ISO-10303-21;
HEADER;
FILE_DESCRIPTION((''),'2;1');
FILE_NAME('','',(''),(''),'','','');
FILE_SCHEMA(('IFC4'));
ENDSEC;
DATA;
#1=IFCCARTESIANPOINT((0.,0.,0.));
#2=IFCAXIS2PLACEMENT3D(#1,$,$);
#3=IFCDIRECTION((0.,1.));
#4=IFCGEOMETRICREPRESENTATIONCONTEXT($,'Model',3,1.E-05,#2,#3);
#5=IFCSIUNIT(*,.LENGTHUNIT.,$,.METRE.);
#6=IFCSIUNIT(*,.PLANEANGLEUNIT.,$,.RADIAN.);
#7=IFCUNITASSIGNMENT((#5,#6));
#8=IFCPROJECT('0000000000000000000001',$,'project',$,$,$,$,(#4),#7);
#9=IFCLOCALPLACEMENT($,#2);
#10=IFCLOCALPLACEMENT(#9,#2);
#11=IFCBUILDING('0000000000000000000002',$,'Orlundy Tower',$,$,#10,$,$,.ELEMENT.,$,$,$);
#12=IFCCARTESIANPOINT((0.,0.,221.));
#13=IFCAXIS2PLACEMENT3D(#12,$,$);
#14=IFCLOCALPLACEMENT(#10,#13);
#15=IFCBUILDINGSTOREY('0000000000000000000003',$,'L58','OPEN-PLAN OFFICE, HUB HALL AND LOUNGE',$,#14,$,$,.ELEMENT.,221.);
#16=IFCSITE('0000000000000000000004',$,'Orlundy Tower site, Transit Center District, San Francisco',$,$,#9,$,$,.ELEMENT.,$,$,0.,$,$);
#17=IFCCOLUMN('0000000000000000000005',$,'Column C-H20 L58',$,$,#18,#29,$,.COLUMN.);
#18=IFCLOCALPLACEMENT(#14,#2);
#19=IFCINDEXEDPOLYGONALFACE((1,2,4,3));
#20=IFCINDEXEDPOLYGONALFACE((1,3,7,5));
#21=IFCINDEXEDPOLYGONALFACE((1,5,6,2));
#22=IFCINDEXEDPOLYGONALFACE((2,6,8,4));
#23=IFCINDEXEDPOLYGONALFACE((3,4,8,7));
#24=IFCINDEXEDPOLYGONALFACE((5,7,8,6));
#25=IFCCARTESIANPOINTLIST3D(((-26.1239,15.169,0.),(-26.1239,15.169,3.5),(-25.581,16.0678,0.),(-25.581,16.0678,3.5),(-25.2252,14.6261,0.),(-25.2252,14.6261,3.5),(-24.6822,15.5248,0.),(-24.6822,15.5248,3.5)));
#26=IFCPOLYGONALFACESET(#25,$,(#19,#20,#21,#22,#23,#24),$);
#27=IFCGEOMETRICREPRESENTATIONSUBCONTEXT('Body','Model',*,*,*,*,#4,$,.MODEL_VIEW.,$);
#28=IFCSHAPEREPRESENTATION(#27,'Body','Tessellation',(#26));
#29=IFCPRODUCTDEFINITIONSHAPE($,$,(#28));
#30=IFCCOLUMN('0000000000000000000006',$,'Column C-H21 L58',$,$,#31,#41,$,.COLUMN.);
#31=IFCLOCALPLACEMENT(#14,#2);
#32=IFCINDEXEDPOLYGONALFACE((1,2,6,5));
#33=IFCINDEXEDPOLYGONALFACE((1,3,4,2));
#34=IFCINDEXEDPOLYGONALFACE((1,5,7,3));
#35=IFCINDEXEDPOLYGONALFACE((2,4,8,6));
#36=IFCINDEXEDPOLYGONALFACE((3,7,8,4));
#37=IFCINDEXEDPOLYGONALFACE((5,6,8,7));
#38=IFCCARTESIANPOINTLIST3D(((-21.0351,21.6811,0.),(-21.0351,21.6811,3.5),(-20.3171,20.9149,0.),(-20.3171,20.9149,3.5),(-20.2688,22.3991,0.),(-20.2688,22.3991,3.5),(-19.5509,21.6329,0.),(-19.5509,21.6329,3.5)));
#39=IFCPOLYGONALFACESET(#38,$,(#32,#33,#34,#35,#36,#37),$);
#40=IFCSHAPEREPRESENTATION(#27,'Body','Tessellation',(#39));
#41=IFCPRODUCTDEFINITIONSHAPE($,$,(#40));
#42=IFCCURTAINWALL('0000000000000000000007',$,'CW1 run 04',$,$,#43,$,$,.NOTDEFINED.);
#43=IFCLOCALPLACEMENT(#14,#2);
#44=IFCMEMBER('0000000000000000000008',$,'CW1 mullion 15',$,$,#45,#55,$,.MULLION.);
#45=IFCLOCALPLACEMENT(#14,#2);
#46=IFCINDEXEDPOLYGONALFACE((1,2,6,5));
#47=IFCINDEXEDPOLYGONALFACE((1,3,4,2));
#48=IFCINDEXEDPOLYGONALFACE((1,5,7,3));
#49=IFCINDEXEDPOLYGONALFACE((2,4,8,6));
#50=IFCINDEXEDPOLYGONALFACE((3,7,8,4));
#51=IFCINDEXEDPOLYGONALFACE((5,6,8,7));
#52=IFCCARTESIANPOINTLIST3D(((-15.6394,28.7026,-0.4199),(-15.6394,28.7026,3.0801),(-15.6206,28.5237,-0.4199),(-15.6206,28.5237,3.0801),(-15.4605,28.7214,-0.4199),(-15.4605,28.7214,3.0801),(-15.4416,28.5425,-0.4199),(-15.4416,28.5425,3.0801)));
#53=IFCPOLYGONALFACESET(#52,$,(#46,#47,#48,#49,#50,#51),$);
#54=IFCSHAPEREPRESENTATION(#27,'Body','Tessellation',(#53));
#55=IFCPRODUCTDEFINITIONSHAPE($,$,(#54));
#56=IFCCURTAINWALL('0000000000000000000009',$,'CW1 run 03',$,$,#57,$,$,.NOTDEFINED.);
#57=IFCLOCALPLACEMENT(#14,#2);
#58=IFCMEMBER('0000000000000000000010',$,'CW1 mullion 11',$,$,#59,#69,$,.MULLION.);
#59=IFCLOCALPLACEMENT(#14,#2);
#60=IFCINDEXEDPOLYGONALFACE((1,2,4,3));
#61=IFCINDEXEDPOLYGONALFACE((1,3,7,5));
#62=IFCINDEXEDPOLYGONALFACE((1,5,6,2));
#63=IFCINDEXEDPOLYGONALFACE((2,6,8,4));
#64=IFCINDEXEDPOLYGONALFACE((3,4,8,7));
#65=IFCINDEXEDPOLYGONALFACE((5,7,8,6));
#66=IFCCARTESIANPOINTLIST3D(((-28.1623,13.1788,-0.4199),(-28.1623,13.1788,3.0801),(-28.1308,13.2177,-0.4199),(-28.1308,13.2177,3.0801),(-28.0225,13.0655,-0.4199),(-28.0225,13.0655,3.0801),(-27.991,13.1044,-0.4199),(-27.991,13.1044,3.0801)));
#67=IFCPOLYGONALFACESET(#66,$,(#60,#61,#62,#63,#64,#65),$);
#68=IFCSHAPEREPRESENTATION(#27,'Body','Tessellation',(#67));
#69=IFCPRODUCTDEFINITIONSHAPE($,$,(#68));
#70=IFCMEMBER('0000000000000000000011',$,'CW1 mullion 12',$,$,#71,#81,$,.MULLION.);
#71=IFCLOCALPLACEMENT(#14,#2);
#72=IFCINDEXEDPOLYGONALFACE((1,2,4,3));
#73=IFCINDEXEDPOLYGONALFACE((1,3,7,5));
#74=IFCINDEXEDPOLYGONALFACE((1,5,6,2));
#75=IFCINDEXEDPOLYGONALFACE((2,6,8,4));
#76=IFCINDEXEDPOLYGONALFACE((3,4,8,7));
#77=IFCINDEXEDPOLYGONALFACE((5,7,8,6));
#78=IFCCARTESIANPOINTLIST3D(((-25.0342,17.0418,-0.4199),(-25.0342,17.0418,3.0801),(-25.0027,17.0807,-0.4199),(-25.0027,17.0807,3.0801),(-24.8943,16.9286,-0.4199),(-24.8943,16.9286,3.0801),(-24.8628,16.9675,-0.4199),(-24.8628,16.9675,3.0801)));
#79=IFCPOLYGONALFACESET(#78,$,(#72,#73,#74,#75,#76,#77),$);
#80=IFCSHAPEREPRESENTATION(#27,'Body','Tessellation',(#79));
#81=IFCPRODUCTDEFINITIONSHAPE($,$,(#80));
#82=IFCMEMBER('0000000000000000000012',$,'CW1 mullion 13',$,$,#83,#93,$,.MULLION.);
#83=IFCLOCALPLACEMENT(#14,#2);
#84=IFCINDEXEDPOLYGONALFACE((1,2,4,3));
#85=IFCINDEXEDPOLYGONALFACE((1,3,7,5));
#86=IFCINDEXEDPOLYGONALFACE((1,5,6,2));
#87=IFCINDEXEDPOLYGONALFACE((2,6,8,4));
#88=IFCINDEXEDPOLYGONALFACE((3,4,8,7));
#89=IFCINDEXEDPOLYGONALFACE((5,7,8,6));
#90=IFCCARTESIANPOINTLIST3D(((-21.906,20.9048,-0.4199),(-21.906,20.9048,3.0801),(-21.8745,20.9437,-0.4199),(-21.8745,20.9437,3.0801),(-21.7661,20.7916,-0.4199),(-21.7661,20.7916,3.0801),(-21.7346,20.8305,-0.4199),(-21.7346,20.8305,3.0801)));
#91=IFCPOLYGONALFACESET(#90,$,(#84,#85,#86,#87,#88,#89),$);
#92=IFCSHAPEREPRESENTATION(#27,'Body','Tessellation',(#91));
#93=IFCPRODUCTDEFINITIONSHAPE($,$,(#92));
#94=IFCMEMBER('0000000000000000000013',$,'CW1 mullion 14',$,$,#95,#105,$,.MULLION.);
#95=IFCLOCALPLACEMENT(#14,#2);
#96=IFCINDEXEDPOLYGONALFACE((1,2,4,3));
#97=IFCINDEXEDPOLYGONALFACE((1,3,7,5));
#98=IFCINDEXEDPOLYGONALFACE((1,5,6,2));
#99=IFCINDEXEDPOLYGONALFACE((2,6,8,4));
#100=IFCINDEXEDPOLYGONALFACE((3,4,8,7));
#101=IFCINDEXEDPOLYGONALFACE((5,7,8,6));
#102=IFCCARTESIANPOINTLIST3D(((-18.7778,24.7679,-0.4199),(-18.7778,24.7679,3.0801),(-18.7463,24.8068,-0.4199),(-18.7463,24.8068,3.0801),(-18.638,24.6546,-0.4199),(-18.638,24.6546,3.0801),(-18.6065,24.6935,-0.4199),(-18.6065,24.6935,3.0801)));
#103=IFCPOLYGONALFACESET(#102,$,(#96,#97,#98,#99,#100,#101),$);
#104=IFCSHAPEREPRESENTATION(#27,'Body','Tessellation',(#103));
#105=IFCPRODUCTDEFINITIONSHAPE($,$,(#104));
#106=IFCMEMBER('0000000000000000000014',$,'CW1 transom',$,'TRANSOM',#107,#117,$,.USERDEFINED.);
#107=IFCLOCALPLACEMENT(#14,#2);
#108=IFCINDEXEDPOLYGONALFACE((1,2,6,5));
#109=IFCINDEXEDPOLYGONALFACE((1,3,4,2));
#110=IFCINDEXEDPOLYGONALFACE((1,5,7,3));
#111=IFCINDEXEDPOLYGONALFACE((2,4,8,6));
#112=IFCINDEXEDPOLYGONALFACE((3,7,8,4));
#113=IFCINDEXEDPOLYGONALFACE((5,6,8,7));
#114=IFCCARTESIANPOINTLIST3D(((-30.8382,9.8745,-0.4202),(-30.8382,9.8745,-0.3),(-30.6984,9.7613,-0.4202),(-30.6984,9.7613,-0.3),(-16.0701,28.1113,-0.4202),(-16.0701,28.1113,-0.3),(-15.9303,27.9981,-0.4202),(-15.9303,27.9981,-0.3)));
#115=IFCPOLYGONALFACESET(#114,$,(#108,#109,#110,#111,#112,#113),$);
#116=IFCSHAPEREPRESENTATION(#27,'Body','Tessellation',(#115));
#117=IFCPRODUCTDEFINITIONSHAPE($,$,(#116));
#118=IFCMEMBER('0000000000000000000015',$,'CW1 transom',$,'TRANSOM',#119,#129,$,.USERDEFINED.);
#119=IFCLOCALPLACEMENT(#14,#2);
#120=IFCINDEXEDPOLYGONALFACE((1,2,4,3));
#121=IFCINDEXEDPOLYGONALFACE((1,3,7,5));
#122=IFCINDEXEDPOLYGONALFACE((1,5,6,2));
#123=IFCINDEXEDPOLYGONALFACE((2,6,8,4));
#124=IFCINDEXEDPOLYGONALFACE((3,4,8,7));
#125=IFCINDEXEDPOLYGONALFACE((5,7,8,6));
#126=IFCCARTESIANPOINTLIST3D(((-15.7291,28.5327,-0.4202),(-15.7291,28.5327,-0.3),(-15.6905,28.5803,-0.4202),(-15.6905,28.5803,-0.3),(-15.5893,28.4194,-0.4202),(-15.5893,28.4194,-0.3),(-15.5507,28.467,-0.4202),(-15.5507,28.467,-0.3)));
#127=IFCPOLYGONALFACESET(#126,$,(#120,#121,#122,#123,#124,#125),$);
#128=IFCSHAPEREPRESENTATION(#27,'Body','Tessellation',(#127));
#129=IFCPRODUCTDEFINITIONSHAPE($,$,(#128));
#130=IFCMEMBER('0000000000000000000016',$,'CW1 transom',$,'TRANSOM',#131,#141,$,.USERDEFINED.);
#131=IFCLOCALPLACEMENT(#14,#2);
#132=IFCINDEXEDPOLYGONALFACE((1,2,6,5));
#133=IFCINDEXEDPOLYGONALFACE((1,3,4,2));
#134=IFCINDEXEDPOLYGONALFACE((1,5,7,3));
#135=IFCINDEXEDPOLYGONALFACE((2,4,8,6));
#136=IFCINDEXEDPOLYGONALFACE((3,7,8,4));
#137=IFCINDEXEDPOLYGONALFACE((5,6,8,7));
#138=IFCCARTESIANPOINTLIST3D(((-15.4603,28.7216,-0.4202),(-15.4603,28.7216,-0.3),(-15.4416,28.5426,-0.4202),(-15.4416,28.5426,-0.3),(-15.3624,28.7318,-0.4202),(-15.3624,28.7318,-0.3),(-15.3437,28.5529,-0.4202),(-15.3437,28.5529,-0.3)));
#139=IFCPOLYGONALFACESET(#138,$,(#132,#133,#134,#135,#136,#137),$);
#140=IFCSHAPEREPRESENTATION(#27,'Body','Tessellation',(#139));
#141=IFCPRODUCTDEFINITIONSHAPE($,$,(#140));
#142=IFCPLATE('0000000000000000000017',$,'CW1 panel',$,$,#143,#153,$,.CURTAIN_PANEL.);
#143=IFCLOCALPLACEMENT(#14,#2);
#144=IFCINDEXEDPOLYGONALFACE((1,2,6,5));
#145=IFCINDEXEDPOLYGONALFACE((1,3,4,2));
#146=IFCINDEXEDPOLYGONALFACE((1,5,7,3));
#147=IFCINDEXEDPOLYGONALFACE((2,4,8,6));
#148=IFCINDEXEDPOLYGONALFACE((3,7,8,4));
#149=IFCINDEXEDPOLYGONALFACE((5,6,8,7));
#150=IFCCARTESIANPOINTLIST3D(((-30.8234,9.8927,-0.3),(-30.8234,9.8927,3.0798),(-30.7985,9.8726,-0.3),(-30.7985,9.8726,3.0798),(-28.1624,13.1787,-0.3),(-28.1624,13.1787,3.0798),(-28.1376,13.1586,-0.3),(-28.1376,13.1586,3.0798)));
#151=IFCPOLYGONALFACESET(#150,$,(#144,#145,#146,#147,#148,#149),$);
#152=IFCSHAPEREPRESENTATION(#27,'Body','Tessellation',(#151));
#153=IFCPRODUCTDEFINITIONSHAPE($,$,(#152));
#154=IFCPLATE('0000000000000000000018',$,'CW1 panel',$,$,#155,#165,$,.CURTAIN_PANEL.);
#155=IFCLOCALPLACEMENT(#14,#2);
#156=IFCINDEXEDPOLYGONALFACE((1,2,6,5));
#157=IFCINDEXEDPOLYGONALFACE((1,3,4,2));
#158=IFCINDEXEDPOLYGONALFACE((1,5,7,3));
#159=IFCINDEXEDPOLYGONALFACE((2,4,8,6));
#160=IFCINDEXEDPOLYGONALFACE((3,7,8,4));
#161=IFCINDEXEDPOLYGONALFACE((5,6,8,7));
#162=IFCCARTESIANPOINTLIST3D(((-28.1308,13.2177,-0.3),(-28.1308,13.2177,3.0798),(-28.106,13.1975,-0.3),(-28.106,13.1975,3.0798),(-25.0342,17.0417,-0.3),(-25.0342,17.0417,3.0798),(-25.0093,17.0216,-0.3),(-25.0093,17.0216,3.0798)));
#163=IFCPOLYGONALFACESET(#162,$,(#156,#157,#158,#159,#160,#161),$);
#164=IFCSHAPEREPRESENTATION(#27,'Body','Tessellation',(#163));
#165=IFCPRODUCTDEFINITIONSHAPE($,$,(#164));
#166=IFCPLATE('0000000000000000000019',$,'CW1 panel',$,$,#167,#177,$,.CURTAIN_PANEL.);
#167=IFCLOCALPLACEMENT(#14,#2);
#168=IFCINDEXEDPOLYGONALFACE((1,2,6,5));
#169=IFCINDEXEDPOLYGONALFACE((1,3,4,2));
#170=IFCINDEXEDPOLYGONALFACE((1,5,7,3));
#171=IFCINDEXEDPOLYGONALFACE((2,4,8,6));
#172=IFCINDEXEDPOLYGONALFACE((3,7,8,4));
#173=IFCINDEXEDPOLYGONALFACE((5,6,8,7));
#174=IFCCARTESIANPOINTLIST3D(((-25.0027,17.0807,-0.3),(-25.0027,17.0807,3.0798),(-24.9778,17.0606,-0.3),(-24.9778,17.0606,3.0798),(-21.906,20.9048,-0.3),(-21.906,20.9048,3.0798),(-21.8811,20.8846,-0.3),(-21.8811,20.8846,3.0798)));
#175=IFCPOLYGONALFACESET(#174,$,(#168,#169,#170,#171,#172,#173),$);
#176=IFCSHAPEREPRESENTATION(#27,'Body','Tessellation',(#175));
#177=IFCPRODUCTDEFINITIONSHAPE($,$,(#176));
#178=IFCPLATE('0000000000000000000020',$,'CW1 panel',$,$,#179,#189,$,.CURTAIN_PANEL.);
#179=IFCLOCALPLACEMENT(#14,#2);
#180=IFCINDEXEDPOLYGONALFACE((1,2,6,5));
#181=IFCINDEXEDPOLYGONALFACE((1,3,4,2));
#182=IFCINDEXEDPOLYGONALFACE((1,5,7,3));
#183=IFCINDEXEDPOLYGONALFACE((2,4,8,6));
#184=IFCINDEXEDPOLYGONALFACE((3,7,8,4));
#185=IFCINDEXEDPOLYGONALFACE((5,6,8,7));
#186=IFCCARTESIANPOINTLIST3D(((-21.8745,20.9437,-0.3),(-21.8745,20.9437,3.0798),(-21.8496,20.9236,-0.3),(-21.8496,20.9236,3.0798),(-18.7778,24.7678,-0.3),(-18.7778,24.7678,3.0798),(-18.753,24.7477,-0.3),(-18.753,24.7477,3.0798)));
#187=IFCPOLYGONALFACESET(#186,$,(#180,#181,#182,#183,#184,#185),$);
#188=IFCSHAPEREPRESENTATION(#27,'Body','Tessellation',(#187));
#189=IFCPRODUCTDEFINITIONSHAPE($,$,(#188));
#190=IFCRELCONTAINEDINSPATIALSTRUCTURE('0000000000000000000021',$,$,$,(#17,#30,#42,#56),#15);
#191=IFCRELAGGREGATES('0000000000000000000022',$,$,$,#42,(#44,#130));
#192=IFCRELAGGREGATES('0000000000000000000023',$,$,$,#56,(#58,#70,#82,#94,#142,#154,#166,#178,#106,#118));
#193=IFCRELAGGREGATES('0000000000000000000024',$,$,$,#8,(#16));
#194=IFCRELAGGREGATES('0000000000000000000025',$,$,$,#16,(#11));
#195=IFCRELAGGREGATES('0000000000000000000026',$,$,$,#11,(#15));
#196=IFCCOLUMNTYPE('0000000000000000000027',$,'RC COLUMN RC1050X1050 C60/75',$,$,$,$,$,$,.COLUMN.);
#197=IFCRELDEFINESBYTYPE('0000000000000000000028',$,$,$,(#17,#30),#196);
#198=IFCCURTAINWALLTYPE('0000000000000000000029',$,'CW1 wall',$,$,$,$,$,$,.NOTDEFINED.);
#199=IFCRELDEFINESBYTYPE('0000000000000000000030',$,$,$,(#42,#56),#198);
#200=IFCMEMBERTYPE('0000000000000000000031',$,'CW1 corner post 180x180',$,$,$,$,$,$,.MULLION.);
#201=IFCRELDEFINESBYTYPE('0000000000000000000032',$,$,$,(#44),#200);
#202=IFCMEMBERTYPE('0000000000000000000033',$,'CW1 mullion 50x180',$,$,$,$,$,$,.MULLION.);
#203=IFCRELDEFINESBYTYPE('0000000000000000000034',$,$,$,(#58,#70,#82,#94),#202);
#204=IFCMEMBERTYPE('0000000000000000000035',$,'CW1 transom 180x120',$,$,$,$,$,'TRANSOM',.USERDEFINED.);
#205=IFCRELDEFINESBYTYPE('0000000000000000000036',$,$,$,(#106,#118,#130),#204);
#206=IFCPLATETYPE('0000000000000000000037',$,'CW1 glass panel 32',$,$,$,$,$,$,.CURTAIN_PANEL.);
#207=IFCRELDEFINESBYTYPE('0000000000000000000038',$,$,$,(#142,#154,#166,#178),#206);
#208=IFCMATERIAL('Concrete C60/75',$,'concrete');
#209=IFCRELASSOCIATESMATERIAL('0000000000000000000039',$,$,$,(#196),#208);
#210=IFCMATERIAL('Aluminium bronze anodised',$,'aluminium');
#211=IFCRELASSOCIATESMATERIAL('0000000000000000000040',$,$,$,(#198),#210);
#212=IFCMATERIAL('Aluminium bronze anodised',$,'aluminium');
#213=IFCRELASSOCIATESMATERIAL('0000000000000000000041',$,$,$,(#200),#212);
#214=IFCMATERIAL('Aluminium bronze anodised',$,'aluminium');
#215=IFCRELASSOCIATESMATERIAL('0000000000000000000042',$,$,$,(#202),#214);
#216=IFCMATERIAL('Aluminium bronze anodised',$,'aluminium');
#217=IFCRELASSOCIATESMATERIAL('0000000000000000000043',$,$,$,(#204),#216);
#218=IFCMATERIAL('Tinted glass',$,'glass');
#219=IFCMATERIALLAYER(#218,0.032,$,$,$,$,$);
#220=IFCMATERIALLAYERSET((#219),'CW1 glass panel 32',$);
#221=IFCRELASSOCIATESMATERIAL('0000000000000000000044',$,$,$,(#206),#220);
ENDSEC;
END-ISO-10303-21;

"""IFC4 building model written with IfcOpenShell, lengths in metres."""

from ifc_helpers import new_model, si_unit, direction, frame, origin, origin_2d, place, context, subcontext, project, spatial, rectangle, extrude, material, layer, layer_set, material_profile, profile_set, type_object, element, aggregate, save


model = new_model("IFC4")

# Units and contexts
model_context = context("Model", 3, precision=1e-05, world=origin(), true_north=direction((0.0, 1.0)))
body_context = subcontext(model_context, "Body", "Model", "MODEL_VIEW")
ifc_project = project(units=[si_unit("LENGTHUNIT", "METRE"), si_unit("PLANEANGLEUNIT", "RADIAN")], contexts=[model_context])

# Site, building, storey
site_placement = place(None, origin())
site = spatial("IfcSite", under=ifc_project, at=site_placement, Name="Orlundy Tower site, Transit Center District, San Francisco", CompositionType="ELEMENT", RefElevation=0.0)
building_placement = place(site_placement, origin())
building = spatial("IfcBuilding", under=site, at=building_placement, Name="Orlundy Tower", CompositionType="ELEMENT")
storey_placement = place(building_placement, frame((0.0, 0.0, 221.0)))
storey = spatial("IfcBuildingStorey", under=building, at=storey_placement, Name="L58", Description="OPEN-PLAN OFFICE, HUB HALL AND LOUNGE", CompositionType="ELEMENT", Elevation=221.0)

# Columns
ifc_material_1 = material(Name="Concrete C60/75", Category="concrete")
ifc_material_profile_1 = material_profile(ifc_material_1, rectangle(XDim=1.05, YDim=1.05, at=origin_2d()), Name="RC1050X1050")
ifc_profile_set_1 = profile_set([ifc_material_profile_1], Name="Concrete C60/75")
column_type = type_object("IfcColumnType", Name="RC COLUMN RC1050X1050 C60/75", PredefinedType="COLUMN", material=ifc_profile_set_1)
for number, where, z_axis, x_axis, name in (
    (1, (-25.4031, 15.3469, 0.0), (0.0, 0.0, 1.0), (-0.855924, 0.517101, 0.0), "Column C-H20 L58"),
    (2, (-20.293, 21.657, 0.0), (0.0, 0.0, 1.0), (-0.683758, 0.729709, 0.0), "Column C-H21 L58"),
):
    element("IfcColumn", number, at=place(storey_placement, frame(where, z_axis=z_axis, x_axis=x_axis)), inside=storey, type_object=column_type, Name=name, PredefinedType="COLUMN", context=body_context, shape_type="SweptSolid", body=[
        extrude(rectangle(XDim=1.05, YDim=1.05, at=origin_2d()), origin(), (0.0, 0.0, 1.0), 3.5),
    ])

# Curtain wall, member
ifc_material_2 = material(Name="Aluminium bronze anodised", Category="aluminium")
curtain_wall_type = type_object("IfcCurtainWallType", Name="CW1 wall", PredefinedType="NOTDEFINED", material=ifc_material_2)
curtain_wall_1_placement = place(storey_placement, origin())
curtain_wall_1 = element("IfcCurtainWall", 3, at=curtain_wall_1_placement, inside=storey, type_object=curtain_wall_type, Name="CW1 run 04", PredefinedType="NOTDEFINED")
ifc_material_3 = material(Name="Aluminium bronze anodised", Category="aluminium")
ifc_material_profile_2 = material_profile(ifc_material_3, rectangle(XDim=0.1799, YDim=0.1799, at=origin_2d()), Name="CW1 corner post 180x180")
ifc_profile_set_2 = profile_set([ifc_material_profile_2], Name="Aluminium bronze anodised")
member_type_1 = type_object("IfcMemberType", Name="CW1 corner post 180x180", PredefinedType="MULLION", material=ifc_profile_set_2)
member_1_placement = place(storey_placement, frame((-15.5405, 28.6226, -0.4199), z_axis=(0.0, 0.0, 1.0), x_axis=(-0.104538, 0.994521, 0.0)))
member_1 = element("IfcMember", 4, at=member_1_placement, type_object=member_type_1, Name="CW1 mullion 15", PredefinedType="MULLION", context=body_context, shape_type="SweptSolid", body=[
    extrude(rectangle(XDim=0.1799, YDim=0.1799, at=origin_2d()), origin(), (0.0, 0.0, 1.0), 3.5),
])

# Curtain wall, members
curtain_wall_2_placement = place(storey_placement, origin())
curtain_wall_2 = element("IfcCurtainWall", 5, at=curtain_wall_2_placement, inside=storey, type_object=curtain_wall_type, Name="CW1 run 03", PredefinedType="NOTDEFINED")
ifc_material_4 = material(Name="Aluminium bronze anodised", Category="aluminium")
ifc_material_profile_3 = material_profile(ifc_material_4, rectangle(XDim=0.1799, YDim=0.05, at=origin_2d()), Name="CW1 mullion 50x180")
ifc_profile_set_3 = profile_set([ifc_material_profile_3], Name="Aluminium bronze anodised")
member_type_2 = type_object("IfcMemberType", Name="CW1 mullion 50x180", PredefinedType="MULLION", material=ifc_profile_set_3)
member_2_placement = place(storey_placement, frame((-28.0767, 13.1416, -0.4199), z_axis=(0.0, 0.0, 1.0), x_axis=(-0.777146, 0.629321, 0.0)))
member_2 = element("IfcMember", 6, at=member_2_placement, type_object=member_type_2, Name="CW1 mullion 11", PredefinedType="MULLION", context=body_context, shape_type="SweptSolid", body=[
    extrude(rectangle(XDim=0.1799, YDim=0.05, at=origin_2d()), origin(), (0.0, 0.0, 1.0), 3.5),
])
member_3_placement = place(storey_placement, frame((-24.9485, 17.0046, -0.4199), z_axis=(0.0, 0.0, 1.0), x_axis=(-0.777146, 0.629321, 0.0)))
member_3 = element("IfcMember", 7, at=member_3_placement, type_object=member_type_2, Name="CW1 mullion 12", PredefinedType="MULLION", context=body_context, shape_type="SweptSolid", body=[
    extrude(rectangle(XDim=0.1799, YDim=0.05, at=origin_2d()), origin(), (0.0, 0.0, 1.0), 3.5),
])
member_4_placement = place(storey_placement, frame((-21.8203, 20.8677, -0.4199), z_axis=(0.0, 0.0, 1.0), x_axis=(-0.777146, 0.629321, 0.0)))
member_4 = element("IfcMember", 8, at=member_4_placement, type_object=member_type_2, Name="CW1 mullion 13", PredefinedType="MULLION", context=body_context, shape_type="SweptSolid", body=[
    extrude(rectangle(XDim=0.1799, YDim=0.05, at=origin_2d()), origin(), (0.0, 0.0, 1.0), 3.5),
])
member_5_placement = place(storey_placement, frame((-18.6921, 24.7307, -0.4199), z_axis=(0.0, 0.0, 1.0), x_axis=(-0.777146, 0.629321, 0.0)))
member_5 = element("IfcMember", 9, at=member_5_placement, type_object=member_type_2, Name="CW1 mullion 14", PredefinedType="MULLION", context=body_context, shape_type="SweptSolid", body=[
    extrude(rectangle(XDim=0.1799, YDim=0.05, at=origin_2d()), origin(), (0.0, 0.0, 1.0), 3.5),
])
ifc_material_5 = material(Name="Aluminium bronze anodised", Category="aluminium")
ifc_material_profile_4 = material_profile(ifc_material_5, rectangle(XDim=0.1799, YDim=0.1201, at=origin_2d()), Name="CW1 transom 180x120")
ifc_profile_set_4 = profile_set([ifc_material_profile_4], Name="Aluminium bronze anodised")
member_type_3 = type_object("IfcMemberType", Name="CW1 transom 180x120", ElementType="TRANSOM", PredefinedType="USERDEFINED", material=ifc_profile_set_4)
member_6_placement = place(storey_placement, frame((-30.7683, 9.8179, -0.3601), z_axis=(0.629325, 0.777142, 0.0), x_axis=(-0.777142, 0.629325, 0.0)))
member_6 = element("IfcMember", 10, at=member_6_placement, type_object=member_type_3, Name="CW1 transom", ObjectType="TRANSOM", PredefinedType="USERDEFINED", context=body_context, shape_type="SweptSolid", body=[
    extrude(rectangle(XDim=0.1799, YDim=0.1201, at=origin_2d()), origin(), (0.0, 0.0, 1.0), 23.4666),
])
member_7_placement = place(storey_placement, frame((-15.6592, 28.4761, -0.3601), z_axis=(0.629542, 0.776966, 0.0), x_axis=(-0.776966, 0.629542, 0.0)))
member_7 = element("IfcMember", 11, at=member_7_placement, type_object=member_type_3, Name="CW1 transom", ObjectType="TRANSOM", PredefinedType="USERDEFINED", context=body_context, shape_type="SweptSolid", body=[
    extrude(rectangle(XDim=0.1799, YDim=0.1201, at=origin_2d()), origin(), (0.0, 0.0, 1.0), 0.0613),
])

# Member
member_8_placement = place(storey_placement, frame((-15.4509, 28.6321, -0.3601), z_axis=(0.99456, 0.104168, 0.0), x_axis=(-0.104168, 0.99456, 0.0)))
member_8 = element("IfcMember", 12, at=member_8_placement, type_object=member_type_3, Name="CW1 transom", ObjectType="TRANSOM", PredefinedType="USERDEFINED", context=body_context, shape_type="SweptSolid", body=[
    extrude(rectangle(XDim=0.1799, YDim=0.1201, at=origin_2d()), origin(), (0.0, 0.0, 1.0), 0.0984),
])
aggregate(curtain_wall_1, [member_1, member_8])

# Plates
ifc_material_6 = material(Name="Tinted glass", Category="glass")
ifc_layer_1 = layer(ifc_material_6, 0.032)
ifc_layer_set_1 = layer_set([ifc_layer_1], Name="CW1 glass panel 32")
plate_type = type_object("IfcPlateType", Name="CW1 glass panel 32", PredefinedType="CURTAIN_PANEL", material=ifc_layer_set_1)
plate_1_placement = place(storey_placement, frame((-29.4805, 11.5256, -0.3), z_axis=(0.0, 0.0, 1.0), x_axis=(0.629321, 0.777146, 0.0)))
plate_1 = element("IfcPlate", 13, at=plate_1_placement, type_object=plate_type, Name="CW1 panel", PredefinedType="CURTAIN_PANEL", context=body_context, shape_type="SweptSolid", body=[
    extrude(rectangle(XDim=4.2283, YDim=0.032, at=origin_2d()), origin(), (0.0, 0.0, 1.0), 3.3799),
])
plate_2_placement = place(storey_placement, frame((-26.5701, 15.1196, -0.3), z_axis=(0.0, 0.0, 1.0), x_axis=(0.629321, 0.777146, 0.0)))
plate_2 = element("IfcPlate", 14, at=plate_2_placement, type_object=plate_type, Name="CW1 panel", PredefinedType="CURTAIN_PANEL", context=body_context, shape_type="SweptSolid", body=[
    extrude(rectangle(XDim=4.9207, YDim=0.032, at=origin_2d()), origin(), (0.0, 0.0, 1.0), 3.3799),
])
plate_3_placement = place(storey_placement, frame((-23.4419, 18.9827, -0.3), z_axis=(0.0, 0.0, 1.0), x_axis=(0.629321, 0.777146, 0.0)))
plate_3 = element("IfcPlate", 15, at=plate_3_placement, type_object=plate_type, Name="CW1 panel", PredefinedType="CURTAIN_PANEL", context=body_context, shape_type="SweptSolid", body=[
    extrude(rectangle(XDim=4.9207, YDim=0.032, at=origin_2d()), origin(), (0.0, 0.0, 1.0), 3.3799),
])
plate_4_placement = place(storey_placement, frame((-20.3137, 22.8457, -0.3), z_axis=(0.0, 0.0, 1.0), x_axis=(0.629321, 0.777146, 0.0)))
plate_4 = element("IfcPlate", 16, at=plate_4_placement, type_object=plate_type, Name="CW1 panel", PredefinedType="CURTAIN_PANEL", context=body_context, shape_type="SweptSolid", body=[
    extrude(rectangle(XDim=4.9207, YDim=0.032, at=origin_2d()), origin(), (0.0, 0.0, 1.0), 3.3799),
])
aggregate(curtain_wall_2, [member_2, member_3, member_4, member_5, plate_1, plate_2, plate_3, plate_4, member_6, member_7])

save(model, "model.ifc")
